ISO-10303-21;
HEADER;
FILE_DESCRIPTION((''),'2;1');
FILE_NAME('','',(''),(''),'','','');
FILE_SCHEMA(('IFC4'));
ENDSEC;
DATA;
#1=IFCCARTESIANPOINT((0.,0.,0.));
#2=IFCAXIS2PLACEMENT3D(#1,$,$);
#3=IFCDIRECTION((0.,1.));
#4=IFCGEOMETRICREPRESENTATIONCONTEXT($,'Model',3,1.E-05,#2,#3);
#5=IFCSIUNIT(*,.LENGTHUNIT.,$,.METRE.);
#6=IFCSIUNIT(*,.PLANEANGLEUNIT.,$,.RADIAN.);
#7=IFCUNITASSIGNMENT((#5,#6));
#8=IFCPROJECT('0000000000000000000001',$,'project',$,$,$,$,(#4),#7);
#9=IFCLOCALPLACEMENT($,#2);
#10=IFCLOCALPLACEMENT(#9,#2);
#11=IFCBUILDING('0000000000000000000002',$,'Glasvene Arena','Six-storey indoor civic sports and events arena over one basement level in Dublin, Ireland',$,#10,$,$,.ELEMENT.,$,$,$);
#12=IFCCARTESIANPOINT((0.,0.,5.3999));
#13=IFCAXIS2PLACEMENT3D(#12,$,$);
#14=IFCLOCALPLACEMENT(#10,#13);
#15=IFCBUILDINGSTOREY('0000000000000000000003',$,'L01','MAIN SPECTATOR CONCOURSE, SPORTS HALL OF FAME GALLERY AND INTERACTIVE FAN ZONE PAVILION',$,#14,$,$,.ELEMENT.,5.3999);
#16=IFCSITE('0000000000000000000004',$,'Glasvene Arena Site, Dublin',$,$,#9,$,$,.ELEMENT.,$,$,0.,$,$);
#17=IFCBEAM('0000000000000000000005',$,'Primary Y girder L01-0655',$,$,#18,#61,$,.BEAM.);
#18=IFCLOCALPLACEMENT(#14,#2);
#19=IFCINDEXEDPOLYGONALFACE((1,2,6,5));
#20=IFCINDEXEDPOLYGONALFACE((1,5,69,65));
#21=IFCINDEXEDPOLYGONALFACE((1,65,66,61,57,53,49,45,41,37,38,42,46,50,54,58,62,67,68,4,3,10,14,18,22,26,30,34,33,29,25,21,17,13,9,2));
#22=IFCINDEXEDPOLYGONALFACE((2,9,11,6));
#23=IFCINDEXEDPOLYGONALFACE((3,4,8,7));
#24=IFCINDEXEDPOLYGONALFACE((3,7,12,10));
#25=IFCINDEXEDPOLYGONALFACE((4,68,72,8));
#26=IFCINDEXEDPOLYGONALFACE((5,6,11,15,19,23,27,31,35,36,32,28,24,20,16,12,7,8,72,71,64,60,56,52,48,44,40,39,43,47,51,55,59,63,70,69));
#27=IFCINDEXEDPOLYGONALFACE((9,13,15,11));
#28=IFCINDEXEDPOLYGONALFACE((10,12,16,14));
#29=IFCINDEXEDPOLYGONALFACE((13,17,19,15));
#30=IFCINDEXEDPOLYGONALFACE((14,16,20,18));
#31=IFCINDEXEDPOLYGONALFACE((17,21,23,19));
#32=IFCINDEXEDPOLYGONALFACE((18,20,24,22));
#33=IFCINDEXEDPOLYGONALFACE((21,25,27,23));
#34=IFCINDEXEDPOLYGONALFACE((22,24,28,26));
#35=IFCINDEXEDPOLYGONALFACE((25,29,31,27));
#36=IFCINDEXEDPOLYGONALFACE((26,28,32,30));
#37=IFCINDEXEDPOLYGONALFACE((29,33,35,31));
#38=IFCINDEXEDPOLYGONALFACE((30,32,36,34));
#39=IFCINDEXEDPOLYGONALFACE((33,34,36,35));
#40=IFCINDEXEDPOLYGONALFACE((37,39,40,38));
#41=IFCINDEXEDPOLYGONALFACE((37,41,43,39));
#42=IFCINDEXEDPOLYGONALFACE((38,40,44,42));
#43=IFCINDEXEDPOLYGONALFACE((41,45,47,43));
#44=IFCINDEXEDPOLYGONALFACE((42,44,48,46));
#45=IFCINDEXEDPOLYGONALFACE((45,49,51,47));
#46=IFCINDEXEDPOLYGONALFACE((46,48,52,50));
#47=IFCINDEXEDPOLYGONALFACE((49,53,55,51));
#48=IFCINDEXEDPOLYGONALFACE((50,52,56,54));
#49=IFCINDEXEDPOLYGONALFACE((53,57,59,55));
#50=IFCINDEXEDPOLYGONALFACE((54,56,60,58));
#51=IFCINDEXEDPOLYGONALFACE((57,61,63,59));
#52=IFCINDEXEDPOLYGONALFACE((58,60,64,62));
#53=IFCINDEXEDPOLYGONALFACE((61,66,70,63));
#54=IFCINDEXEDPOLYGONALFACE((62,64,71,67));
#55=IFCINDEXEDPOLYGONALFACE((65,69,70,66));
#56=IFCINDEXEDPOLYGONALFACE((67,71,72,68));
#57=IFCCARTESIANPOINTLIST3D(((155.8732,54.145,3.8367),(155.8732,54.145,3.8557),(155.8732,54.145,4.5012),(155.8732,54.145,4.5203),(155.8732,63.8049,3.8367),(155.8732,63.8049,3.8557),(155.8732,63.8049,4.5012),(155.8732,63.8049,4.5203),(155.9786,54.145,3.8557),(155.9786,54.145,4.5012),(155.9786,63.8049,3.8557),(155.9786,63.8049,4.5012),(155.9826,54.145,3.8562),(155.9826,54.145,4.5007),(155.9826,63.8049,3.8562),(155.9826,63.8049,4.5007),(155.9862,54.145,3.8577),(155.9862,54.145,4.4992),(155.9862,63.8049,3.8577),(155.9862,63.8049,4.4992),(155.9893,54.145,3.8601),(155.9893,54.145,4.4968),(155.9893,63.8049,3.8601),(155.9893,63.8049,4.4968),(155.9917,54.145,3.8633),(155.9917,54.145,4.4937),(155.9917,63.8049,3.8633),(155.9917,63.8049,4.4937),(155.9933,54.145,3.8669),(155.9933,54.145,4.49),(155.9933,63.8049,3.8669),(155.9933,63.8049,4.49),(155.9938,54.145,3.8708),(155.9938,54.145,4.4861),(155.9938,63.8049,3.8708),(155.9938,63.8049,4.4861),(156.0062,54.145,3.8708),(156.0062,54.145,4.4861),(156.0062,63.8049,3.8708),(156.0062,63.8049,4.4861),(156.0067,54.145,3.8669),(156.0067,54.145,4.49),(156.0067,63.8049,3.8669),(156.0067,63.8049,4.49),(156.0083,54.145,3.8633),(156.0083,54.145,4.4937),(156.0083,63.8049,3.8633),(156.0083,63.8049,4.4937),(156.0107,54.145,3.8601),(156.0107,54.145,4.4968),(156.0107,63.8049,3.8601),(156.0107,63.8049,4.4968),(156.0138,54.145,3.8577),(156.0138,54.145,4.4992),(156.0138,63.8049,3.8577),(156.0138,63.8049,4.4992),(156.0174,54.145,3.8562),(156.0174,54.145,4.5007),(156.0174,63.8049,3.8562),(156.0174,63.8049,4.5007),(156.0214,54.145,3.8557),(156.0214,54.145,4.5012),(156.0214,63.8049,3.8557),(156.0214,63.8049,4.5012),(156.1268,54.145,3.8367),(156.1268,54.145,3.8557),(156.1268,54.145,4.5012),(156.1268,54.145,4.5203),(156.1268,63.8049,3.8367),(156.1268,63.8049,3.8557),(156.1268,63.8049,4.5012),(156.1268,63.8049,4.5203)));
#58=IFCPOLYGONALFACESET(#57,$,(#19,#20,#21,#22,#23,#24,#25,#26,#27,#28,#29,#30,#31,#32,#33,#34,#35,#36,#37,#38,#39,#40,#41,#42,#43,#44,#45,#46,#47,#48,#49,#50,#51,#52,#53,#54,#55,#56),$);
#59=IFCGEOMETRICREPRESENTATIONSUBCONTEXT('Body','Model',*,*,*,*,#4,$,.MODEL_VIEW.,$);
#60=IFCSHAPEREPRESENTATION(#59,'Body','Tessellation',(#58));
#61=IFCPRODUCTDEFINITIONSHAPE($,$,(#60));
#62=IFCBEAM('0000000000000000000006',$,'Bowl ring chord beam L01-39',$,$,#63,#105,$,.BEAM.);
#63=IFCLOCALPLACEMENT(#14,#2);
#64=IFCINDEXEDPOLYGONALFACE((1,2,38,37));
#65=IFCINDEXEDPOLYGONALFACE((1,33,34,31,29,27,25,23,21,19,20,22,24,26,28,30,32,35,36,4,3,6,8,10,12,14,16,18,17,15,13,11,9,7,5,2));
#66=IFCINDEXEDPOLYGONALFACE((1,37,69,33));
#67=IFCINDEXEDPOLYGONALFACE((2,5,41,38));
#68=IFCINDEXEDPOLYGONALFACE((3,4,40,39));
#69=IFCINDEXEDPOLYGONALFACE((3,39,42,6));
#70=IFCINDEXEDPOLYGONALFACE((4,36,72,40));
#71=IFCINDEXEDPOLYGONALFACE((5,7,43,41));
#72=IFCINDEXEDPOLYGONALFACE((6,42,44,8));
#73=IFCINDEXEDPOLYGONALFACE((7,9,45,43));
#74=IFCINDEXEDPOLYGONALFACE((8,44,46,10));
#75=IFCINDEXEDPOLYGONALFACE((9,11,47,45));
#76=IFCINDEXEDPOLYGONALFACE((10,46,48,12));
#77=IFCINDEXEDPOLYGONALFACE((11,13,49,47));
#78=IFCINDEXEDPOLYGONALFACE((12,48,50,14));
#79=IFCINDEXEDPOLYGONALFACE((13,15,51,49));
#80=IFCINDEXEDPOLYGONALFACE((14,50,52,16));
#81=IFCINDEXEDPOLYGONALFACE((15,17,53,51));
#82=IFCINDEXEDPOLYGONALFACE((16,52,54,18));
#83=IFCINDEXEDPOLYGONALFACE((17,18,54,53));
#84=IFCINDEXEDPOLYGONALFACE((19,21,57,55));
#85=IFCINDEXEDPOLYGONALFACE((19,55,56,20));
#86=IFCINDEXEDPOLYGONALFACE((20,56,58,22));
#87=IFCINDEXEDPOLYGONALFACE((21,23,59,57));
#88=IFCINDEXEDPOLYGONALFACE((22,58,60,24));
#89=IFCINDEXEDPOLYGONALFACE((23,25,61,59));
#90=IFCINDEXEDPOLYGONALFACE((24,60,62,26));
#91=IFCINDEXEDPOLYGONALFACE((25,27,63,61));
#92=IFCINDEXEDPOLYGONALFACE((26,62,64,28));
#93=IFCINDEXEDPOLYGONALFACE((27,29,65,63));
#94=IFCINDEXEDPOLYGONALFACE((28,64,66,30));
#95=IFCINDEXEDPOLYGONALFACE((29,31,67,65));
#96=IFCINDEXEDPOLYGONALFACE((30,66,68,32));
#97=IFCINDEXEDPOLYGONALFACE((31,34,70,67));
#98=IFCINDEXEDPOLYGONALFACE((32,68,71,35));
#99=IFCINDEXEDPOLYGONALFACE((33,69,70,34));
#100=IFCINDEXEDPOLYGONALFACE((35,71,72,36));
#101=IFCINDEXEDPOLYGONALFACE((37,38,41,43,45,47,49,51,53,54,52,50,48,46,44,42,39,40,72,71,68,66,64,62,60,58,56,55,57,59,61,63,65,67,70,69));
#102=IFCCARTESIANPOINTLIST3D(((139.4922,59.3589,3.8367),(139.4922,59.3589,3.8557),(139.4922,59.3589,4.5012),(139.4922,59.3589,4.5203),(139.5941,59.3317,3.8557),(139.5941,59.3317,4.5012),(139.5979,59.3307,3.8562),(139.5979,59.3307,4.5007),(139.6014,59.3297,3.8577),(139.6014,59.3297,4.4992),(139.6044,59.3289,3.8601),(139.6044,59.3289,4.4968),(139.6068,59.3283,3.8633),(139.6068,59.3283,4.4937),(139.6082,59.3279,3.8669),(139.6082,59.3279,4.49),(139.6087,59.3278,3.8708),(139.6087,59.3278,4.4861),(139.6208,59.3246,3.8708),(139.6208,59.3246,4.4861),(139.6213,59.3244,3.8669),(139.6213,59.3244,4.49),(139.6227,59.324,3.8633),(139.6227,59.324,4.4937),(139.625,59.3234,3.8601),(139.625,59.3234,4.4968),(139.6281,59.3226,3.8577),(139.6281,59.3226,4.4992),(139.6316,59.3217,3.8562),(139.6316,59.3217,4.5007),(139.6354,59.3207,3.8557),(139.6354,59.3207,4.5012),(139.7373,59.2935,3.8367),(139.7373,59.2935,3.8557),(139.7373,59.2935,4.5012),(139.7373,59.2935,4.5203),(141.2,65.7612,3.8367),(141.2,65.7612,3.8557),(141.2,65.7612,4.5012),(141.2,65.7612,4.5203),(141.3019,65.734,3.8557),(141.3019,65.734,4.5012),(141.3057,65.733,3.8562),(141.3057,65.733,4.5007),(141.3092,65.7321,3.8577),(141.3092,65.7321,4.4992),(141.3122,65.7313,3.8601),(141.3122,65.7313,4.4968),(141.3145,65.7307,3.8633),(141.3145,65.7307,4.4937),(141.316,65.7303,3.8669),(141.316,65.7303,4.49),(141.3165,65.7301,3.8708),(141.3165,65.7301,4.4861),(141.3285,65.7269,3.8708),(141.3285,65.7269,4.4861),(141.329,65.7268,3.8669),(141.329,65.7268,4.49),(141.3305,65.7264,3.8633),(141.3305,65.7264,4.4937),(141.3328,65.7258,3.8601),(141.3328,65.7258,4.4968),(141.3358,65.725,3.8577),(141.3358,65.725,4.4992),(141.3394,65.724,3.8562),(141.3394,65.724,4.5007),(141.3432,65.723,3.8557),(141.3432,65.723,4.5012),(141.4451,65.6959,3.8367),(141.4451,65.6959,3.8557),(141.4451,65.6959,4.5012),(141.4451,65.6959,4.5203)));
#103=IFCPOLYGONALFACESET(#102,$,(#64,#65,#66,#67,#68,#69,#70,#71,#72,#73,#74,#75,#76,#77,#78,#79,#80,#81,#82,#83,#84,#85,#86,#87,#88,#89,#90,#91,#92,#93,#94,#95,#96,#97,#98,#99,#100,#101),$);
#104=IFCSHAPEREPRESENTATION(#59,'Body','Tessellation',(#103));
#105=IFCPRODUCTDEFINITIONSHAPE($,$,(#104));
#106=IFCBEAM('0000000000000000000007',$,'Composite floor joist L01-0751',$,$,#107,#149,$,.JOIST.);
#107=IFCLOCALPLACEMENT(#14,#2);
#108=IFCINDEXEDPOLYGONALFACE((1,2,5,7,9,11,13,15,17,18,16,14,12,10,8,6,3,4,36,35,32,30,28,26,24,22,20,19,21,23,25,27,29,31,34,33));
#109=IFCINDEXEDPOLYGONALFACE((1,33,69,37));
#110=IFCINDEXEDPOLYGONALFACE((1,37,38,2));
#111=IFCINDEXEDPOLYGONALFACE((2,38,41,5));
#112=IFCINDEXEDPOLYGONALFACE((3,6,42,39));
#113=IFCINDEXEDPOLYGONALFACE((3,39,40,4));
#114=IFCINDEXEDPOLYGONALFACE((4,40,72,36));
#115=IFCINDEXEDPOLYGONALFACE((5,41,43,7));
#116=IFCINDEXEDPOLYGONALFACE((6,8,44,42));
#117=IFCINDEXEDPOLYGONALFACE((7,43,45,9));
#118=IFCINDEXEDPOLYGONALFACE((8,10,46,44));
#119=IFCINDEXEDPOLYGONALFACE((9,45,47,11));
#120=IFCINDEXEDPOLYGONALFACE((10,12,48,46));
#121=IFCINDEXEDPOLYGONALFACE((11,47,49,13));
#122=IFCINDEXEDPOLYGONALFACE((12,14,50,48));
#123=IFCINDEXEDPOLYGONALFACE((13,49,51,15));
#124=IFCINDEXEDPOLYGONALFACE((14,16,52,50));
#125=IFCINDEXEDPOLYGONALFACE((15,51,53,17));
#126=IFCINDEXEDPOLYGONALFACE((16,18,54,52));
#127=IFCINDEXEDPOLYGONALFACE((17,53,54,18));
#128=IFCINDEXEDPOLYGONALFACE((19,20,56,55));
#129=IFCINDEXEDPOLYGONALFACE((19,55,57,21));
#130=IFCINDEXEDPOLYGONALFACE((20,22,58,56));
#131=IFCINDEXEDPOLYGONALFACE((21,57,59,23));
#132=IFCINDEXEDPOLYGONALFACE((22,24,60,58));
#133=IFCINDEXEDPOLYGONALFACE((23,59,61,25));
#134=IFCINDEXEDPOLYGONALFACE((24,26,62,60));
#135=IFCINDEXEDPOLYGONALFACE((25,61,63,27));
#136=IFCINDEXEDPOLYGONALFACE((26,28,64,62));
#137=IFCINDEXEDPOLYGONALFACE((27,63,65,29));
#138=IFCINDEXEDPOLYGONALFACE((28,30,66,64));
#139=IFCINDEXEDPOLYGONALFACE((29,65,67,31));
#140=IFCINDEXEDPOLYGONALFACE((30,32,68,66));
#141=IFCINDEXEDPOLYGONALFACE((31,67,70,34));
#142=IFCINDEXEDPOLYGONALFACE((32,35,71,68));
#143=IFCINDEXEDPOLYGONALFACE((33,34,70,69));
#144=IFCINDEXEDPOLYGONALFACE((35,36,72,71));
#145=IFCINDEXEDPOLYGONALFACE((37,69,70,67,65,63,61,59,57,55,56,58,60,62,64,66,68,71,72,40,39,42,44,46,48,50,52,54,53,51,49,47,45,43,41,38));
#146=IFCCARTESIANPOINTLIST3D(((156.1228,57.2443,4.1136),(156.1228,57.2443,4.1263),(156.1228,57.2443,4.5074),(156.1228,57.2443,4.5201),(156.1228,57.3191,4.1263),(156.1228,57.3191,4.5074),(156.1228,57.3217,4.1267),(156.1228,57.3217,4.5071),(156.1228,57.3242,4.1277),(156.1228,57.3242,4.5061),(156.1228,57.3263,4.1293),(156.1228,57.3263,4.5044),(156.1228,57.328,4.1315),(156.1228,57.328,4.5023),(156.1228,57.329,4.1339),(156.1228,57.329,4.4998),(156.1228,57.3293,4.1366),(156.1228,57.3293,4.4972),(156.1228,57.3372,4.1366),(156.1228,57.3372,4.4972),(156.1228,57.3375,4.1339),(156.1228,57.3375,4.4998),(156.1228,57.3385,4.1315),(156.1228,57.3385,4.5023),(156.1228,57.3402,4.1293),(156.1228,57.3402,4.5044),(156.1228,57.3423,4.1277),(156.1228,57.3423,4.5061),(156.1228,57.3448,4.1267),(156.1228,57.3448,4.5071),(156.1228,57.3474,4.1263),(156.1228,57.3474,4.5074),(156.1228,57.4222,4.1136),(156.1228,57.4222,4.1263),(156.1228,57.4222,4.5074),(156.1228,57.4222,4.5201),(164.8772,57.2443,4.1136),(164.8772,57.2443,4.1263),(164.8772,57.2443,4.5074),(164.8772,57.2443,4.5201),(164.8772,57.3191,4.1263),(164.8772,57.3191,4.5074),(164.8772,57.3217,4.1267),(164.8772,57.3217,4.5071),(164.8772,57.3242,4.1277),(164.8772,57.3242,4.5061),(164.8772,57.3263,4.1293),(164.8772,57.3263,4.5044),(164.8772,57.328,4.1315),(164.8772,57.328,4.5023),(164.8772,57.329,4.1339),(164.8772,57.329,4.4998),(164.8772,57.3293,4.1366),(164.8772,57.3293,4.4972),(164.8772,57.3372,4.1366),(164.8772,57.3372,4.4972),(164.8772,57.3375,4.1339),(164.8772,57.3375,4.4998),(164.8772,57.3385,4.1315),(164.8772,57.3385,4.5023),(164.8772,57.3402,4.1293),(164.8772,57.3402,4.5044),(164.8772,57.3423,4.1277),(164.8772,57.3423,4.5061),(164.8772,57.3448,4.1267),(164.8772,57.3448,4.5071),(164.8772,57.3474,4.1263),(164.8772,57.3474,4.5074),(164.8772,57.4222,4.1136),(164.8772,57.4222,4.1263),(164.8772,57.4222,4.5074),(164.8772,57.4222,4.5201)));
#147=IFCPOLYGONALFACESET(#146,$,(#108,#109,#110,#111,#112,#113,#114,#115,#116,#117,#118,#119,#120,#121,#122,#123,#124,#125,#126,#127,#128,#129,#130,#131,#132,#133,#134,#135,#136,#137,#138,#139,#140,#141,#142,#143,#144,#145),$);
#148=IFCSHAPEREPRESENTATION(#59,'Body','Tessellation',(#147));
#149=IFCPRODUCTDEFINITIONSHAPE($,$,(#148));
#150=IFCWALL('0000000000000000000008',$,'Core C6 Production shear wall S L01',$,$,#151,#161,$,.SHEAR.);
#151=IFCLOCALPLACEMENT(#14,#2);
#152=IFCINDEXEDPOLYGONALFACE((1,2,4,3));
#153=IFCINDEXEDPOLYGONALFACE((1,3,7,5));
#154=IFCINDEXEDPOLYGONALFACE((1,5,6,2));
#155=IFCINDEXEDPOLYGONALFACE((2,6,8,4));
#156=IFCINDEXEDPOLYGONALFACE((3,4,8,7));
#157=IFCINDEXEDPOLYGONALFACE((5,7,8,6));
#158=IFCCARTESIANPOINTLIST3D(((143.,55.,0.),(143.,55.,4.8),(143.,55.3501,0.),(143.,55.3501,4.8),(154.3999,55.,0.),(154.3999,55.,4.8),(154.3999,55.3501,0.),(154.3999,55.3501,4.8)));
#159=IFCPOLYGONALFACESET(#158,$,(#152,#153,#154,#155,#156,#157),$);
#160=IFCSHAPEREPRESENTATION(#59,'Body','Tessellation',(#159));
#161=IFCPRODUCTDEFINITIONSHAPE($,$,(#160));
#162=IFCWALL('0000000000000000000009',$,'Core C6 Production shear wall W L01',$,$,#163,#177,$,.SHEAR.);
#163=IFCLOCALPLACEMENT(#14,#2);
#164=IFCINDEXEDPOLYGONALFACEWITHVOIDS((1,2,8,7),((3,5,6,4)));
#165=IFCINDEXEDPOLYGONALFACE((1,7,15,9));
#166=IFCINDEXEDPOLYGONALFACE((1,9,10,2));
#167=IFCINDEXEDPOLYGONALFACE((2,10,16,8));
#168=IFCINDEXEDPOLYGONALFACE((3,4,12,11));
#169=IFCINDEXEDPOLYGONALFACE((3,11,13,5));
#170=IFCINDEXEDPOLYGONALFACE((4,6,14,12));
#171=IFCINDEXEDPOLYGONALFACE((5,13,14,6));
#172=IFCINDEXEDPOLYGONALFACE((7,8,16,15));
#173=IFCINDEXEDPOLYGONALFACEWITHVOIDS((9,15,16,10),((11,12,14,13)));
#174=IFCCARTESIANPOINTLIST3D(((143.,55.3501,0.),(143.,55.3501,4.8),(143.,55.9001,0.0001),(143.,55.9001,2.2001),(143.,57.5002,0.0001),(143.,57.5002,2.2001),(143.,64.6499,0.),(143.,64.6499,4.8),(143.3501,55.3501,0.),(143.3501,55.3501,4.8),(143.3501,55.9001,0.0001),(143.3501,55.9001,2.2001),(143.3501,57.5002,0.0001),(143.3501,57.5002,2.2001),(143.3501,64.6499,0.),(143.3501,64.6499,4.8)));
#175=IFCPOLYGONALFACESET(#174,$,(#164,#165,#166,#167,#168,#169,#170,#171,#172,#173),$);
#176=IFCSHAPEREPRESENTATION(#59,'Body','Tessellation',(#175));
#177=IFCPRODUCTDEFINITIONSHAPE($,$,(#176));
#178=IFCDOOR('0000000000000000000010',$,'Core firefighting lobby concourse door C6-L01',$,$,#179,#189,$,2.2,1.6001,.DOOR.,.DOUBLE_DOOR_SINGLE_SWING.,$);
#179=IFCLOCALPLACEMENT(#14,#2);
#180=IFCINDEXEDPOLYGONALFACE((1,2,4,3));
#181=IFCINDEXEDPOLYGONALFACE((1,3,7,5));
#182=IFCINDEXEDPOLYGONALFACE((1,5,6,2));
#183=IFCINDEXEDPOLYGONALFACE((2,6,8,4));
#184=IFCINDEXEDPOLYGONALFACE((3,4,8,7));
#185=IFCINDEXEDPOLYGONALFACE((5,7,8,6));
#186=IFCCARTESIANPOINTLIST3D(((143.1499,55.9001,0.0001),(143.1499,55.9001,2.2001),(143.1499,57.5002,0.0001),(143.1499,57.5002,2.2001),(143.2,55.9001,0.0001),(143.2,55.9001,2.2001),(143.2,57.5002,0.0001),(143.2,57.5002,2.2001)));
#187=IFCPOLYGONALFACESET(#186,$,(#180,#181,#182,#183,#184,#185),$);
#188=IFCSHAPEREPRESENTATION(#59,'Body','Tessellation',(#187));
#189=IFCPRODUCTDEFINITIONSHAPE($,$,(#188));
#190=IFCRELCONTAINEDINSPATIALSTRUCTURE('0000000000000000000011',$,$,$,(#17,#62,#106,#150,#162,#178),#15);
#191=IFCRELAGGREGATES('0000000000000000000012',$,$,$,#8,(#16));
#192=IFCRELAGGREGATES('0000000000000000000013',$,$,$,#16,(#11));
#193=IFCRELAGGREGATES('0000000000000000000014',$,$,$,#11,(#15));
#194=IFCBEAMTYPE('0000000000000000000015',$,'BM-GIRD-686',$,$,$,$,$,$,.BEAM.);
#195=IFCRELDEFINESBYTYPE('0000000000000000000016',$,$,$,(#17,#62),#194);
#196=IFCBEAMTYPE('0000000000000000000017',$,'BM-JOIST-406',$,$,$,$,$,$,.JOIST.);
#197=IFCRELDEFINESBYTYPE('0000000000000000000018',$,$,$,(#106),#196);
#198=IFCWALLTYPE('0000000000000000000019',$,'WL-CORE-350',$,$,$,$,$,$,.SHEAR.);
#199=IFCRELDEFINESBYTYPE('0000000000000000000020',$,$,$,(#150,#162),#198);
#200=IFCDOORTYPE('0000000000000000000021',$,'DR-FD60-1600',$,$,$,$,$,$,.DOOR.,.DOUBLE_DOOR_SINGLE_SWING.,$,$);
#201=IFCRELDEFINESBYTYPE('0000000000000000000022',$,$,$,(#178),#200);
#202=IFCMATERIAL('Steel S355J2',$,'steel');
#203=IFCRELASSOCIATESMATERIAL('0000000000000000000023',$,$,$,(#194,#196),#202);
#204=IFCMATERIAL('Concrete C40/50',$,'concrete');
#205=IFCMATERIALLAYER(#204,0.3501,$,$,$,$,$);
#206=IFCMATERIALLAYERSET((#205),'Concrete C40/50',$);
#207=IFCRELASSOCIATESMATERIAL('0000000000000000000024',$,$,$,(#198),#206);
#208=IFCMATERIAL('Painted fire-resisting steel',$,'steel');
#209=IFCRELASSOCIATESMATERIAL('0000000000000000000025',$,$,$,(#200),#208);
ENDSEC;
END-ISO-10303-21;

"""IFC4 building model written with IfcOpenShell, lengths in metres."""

from ifc_helpers import new_model, si_unit, direction, frame, frame_2d, origin, origin_2d, place, context, subcontext, project, spatial, rectangle, i_section, extrude, material, layer, layer_set, material_profile, profile_set, type_object, element, fill, save


model = new_model("IFC4")

# Units and contexts
model_context = context("Model", 3, precision=1e-05, world=origin(), true_north=direction((0.0, 1.0)))
body_context = subcontext(model_context, "Body", "Model", "MODEL_VIEW")
ifc_project = project(units=[si_unit("LENGTHUNIT", "METRE"), si_unit("PLANEANGLEUNIT", "RADIAN")], contexts=[model_context])

# Site, building, storey
site_placement = place(None, origin())
site = spatial("IfcSite", under=ifc_project, at=site_placement, Name="Glasvene Arena Site, Dublin", CompositionType="ELEMENT", RefElevation=0.0)
building_placement = place(site_placement, origin())
building = spatial("IfcBuilding", under=site, at=building_placement, Name="Glasvene Arena", Description="Six-storey indoor civic sports and events arena over one basement level in Dublin, Ireland", CompositionType="ELEMENT")
storey_placement = place(building_placement, frame((0.0, 0.0, 5.3999)))
storey = spatial("IfcBuildingStorey", under=building, at=storey_placement, Name="L01", Description="MAIN SPECTATOR CONCOURSE, SPORTS HALL OF FAME GALLERY AND INTERACTIVE FAN ZONE PAVILION", CompositionType="ELEMENT", Elevation=5.3999)

# Shared definitions
ifc_material_1 = material(Name="Steel S355J2", Category="steel")

# Beams
ifc_material_profile_1 = material_profile(ifc_material_1, i_section(OverallWidth=0.2537, OverallDepth=0.6836, WebThickness=0.0125, FlangeThickness=0.019, FilletRadius=0.0151, at=origin_2d()), Name="UKB 686x254x140")
ifc_profile_set_1 = profile_set([ifc_material_profile_1], Name="Steel S355J2")
beam_type_1 = type_object("IfcBeamType", Name="BM-GIRD-686", PredefinedType="BEAM", material=ifc_profile_set_1)
beam_1_placement = place(storey_placement, frame((156.0, 54.145, 4.1785), z_axis=(0.0, 1.0, 0.0), x_axis=(-1.0, 0.0, 0.0)))
element("IfcBeam", 1, at=beam_1_placement, inside=storey, type_object=beam_type_1, Name="Primary Y girder L01-0655", PredefinedType="BEAM", context=body_context, shape_type="SweptSolid", body=[
    extrude(i_section(OverallWidth=0.2537, OverallDepth=0.6836, WebThickness=0.0125, FlangeThickness=0.019, FilletRadius=0.0151, at=origin_2d()), origin(), (0.0, 0.0, 1.0), 9.6599),
])
beam_2_placement = place(storey_placement, frame((139.6147, 59.3262, 4.1785), z_axis=(0.257729, 0.966217, 0.0), x_axis=(-0.966217, 0.257729, 0.0)))
element("IfcBeam", 2, at=beam_2_placement, inside=storey, type_object=beam_type_1, Name="Bowl ring chord beam L01-39", PredefinedType="BEAM", context=body_context, shape_type="SweptSolid", body=[
    extrude(i_section(OverallWidth=0.2537, OverallDepth=0.6836, WebThickness=0.0125, FlangeThickness=0.019, FilletRadius=0.0151, at=origin_2d()), origin(), (0.0, 0.0, 1.0), 6.6262),
])
ifc_material_profile_2 = material_profile(ifc_material_1, i_section(OverallWidth=0.178, OverallDepth=0.4065, WebThickness=0.0078, FlangeThickness=0.0127, FilletRadius=0.0103, at=origin_2d()), Name="UKB 406x178x60")
ifc_profile_set_2 = profile_set([ifc_material_profile_2], Name="Steel S355J2")
beam_type_2 = type_object("IfcBeamType", Name="BM-JOIST-406", PredefinedType="JOIST", material=ifc_profile_set_2)
beam_3_placement = place(storey_placement, frame((156.1228, 57.3333, 4.3169), z_axis=(1.0, 0.0, 0.0), x_axis=(0.0, 1.0, 0.0)))
element("IfcBeam", 3, at=beam_3_placement, inside=storey, type_object=beam_type_2, Name="Composite floor joist L01-0751", PredefinedType="JOIST", context=body_context, shape_type="SweptSolid", body=[
    extrude(i_section(OverallWidth=0.178, OverallDepth=0.4065, WebThickness=0.0078, FlangeThickness=0.0127, FilletRadius=0.0103, at=origin_2d()), origin(), (0.0, 0.0, 1.0), 8.7544),
])

# Wall
ifc_material_2 = material(Name="Concrete C40/50", Category="concrete")
ifc_layer_1 = layer(ifc_material_2, 0.3501)
ifc_layer_set_1 = layer_set([ifc_layer_1], Name="Concrete C40/50")
wall_type_1 = type_object("IfcWallType", Name="WL-CORE-350", PredefinedType="SHEAR", material=ifc_layer_set_1)
wall_1_placement = place(storey_placement, frame((143.0, 55.175, 0.0), z_axis=(0.0, 0.0, 1.0), x_axis=(1.0, 0.0, 0.0)))
element("IfcWall", 4, at=wall_1_placement, inside=storey, type_object=wall_type_1, Name="Core C6 Production shear wall S L01", PredefinedType="SHEAR", context=body_context, shape_type="SweptSolid", body=[
    extrude(rectangle(XDim=11.3999, YDim=0.3501, at=frame_2d((5.7, 0.0))), origin(), (0.0, 0.0, 1.0), 4.8),
])

# Wall, opening, door
wall_2_placement = place(storey_placement, frame((143.175, 55.3501, 0.0), z_axis=(0.0, 0.0, 1.0), x_axis=(0.0, 1.0, 0.0)))
wall_2 = element("IfcWall", 5, at=wall_2_placement, inside=storey, type_object=wall_type_1, Name="Core C6 Production shear wall W L01", PredefinedType="SHEAR", context=body_context, shape_type="SweptSolid", body=[
    extrude(rectangle(XDim=9.2998, YDim=0.3501, at=frame_2d((4.6499, 0.0))), origin(), (0.0, 0.0, 1.0), 4.8),
])
opening_1_placement = place(wall_2_placement, frame((0.55, 0.0, 0.0)))
opening_1 = element("IfcOpeningElement", 6, at=opening_1_placement, cuts=wall_2, PredefinedType="OPENING", context=body_context, shape_type="SweptSolid", body=[
    extrude(rectangle(XDim=1.6001, YDim=2.2, at=frame_2d((0.8, 1.1001))), frame((0.0, 0.1851, 0.0), z_axis=(0.0, -1.0, 0.0), x_axis=(1.0, 0.0, 0.0)), (0.0, 0.0, 1.0), 0.3701),
])
ifc_material_3 = material(Name="Painted fire-resisting steel", Category="steel")
door_type_1 = type_object("IfcDoorType", Name="DR-FD60-1600", OperationType="DOUBLE_DOOR_SINGLE_SWING", PredefinedType="DOOR", material=ifc_material_3)
door_1_placement = place(opening_1_placement, frame((1.6001, 0.0, 0.0), z_axis=(0.0, 0.0, 1.0), x_axis=(-1.0, 0.0, 0.0)))
door_1 = element("IfcDoor", 7, at=door_1_placement, inside=storey, type_object=door_type_1, Name="Core firefighting lobby concourse door C6-L01", OperationType="DOUBLE_DOOR_SINGLE_SWING", OverallHeight=2.2, OverallWidth=1.6001, PredefinedType="DOOR", context=body_context, shape_type="SweptSolid", body=[
    extrude(rectangle(XDim=1.6001, YDim=2.2, at=frame_2d((0.8, 1.1001))), frame((0.0, 0.0249, 0.0), z_axis=(0.0, -1.0, 0.0), x_axis=(1.0, 0.0, 0.0)), (0.0, 0.0, 1.0), 0.05),
])
fill(opening_1, door_1)

save(model, "model.ifc")
